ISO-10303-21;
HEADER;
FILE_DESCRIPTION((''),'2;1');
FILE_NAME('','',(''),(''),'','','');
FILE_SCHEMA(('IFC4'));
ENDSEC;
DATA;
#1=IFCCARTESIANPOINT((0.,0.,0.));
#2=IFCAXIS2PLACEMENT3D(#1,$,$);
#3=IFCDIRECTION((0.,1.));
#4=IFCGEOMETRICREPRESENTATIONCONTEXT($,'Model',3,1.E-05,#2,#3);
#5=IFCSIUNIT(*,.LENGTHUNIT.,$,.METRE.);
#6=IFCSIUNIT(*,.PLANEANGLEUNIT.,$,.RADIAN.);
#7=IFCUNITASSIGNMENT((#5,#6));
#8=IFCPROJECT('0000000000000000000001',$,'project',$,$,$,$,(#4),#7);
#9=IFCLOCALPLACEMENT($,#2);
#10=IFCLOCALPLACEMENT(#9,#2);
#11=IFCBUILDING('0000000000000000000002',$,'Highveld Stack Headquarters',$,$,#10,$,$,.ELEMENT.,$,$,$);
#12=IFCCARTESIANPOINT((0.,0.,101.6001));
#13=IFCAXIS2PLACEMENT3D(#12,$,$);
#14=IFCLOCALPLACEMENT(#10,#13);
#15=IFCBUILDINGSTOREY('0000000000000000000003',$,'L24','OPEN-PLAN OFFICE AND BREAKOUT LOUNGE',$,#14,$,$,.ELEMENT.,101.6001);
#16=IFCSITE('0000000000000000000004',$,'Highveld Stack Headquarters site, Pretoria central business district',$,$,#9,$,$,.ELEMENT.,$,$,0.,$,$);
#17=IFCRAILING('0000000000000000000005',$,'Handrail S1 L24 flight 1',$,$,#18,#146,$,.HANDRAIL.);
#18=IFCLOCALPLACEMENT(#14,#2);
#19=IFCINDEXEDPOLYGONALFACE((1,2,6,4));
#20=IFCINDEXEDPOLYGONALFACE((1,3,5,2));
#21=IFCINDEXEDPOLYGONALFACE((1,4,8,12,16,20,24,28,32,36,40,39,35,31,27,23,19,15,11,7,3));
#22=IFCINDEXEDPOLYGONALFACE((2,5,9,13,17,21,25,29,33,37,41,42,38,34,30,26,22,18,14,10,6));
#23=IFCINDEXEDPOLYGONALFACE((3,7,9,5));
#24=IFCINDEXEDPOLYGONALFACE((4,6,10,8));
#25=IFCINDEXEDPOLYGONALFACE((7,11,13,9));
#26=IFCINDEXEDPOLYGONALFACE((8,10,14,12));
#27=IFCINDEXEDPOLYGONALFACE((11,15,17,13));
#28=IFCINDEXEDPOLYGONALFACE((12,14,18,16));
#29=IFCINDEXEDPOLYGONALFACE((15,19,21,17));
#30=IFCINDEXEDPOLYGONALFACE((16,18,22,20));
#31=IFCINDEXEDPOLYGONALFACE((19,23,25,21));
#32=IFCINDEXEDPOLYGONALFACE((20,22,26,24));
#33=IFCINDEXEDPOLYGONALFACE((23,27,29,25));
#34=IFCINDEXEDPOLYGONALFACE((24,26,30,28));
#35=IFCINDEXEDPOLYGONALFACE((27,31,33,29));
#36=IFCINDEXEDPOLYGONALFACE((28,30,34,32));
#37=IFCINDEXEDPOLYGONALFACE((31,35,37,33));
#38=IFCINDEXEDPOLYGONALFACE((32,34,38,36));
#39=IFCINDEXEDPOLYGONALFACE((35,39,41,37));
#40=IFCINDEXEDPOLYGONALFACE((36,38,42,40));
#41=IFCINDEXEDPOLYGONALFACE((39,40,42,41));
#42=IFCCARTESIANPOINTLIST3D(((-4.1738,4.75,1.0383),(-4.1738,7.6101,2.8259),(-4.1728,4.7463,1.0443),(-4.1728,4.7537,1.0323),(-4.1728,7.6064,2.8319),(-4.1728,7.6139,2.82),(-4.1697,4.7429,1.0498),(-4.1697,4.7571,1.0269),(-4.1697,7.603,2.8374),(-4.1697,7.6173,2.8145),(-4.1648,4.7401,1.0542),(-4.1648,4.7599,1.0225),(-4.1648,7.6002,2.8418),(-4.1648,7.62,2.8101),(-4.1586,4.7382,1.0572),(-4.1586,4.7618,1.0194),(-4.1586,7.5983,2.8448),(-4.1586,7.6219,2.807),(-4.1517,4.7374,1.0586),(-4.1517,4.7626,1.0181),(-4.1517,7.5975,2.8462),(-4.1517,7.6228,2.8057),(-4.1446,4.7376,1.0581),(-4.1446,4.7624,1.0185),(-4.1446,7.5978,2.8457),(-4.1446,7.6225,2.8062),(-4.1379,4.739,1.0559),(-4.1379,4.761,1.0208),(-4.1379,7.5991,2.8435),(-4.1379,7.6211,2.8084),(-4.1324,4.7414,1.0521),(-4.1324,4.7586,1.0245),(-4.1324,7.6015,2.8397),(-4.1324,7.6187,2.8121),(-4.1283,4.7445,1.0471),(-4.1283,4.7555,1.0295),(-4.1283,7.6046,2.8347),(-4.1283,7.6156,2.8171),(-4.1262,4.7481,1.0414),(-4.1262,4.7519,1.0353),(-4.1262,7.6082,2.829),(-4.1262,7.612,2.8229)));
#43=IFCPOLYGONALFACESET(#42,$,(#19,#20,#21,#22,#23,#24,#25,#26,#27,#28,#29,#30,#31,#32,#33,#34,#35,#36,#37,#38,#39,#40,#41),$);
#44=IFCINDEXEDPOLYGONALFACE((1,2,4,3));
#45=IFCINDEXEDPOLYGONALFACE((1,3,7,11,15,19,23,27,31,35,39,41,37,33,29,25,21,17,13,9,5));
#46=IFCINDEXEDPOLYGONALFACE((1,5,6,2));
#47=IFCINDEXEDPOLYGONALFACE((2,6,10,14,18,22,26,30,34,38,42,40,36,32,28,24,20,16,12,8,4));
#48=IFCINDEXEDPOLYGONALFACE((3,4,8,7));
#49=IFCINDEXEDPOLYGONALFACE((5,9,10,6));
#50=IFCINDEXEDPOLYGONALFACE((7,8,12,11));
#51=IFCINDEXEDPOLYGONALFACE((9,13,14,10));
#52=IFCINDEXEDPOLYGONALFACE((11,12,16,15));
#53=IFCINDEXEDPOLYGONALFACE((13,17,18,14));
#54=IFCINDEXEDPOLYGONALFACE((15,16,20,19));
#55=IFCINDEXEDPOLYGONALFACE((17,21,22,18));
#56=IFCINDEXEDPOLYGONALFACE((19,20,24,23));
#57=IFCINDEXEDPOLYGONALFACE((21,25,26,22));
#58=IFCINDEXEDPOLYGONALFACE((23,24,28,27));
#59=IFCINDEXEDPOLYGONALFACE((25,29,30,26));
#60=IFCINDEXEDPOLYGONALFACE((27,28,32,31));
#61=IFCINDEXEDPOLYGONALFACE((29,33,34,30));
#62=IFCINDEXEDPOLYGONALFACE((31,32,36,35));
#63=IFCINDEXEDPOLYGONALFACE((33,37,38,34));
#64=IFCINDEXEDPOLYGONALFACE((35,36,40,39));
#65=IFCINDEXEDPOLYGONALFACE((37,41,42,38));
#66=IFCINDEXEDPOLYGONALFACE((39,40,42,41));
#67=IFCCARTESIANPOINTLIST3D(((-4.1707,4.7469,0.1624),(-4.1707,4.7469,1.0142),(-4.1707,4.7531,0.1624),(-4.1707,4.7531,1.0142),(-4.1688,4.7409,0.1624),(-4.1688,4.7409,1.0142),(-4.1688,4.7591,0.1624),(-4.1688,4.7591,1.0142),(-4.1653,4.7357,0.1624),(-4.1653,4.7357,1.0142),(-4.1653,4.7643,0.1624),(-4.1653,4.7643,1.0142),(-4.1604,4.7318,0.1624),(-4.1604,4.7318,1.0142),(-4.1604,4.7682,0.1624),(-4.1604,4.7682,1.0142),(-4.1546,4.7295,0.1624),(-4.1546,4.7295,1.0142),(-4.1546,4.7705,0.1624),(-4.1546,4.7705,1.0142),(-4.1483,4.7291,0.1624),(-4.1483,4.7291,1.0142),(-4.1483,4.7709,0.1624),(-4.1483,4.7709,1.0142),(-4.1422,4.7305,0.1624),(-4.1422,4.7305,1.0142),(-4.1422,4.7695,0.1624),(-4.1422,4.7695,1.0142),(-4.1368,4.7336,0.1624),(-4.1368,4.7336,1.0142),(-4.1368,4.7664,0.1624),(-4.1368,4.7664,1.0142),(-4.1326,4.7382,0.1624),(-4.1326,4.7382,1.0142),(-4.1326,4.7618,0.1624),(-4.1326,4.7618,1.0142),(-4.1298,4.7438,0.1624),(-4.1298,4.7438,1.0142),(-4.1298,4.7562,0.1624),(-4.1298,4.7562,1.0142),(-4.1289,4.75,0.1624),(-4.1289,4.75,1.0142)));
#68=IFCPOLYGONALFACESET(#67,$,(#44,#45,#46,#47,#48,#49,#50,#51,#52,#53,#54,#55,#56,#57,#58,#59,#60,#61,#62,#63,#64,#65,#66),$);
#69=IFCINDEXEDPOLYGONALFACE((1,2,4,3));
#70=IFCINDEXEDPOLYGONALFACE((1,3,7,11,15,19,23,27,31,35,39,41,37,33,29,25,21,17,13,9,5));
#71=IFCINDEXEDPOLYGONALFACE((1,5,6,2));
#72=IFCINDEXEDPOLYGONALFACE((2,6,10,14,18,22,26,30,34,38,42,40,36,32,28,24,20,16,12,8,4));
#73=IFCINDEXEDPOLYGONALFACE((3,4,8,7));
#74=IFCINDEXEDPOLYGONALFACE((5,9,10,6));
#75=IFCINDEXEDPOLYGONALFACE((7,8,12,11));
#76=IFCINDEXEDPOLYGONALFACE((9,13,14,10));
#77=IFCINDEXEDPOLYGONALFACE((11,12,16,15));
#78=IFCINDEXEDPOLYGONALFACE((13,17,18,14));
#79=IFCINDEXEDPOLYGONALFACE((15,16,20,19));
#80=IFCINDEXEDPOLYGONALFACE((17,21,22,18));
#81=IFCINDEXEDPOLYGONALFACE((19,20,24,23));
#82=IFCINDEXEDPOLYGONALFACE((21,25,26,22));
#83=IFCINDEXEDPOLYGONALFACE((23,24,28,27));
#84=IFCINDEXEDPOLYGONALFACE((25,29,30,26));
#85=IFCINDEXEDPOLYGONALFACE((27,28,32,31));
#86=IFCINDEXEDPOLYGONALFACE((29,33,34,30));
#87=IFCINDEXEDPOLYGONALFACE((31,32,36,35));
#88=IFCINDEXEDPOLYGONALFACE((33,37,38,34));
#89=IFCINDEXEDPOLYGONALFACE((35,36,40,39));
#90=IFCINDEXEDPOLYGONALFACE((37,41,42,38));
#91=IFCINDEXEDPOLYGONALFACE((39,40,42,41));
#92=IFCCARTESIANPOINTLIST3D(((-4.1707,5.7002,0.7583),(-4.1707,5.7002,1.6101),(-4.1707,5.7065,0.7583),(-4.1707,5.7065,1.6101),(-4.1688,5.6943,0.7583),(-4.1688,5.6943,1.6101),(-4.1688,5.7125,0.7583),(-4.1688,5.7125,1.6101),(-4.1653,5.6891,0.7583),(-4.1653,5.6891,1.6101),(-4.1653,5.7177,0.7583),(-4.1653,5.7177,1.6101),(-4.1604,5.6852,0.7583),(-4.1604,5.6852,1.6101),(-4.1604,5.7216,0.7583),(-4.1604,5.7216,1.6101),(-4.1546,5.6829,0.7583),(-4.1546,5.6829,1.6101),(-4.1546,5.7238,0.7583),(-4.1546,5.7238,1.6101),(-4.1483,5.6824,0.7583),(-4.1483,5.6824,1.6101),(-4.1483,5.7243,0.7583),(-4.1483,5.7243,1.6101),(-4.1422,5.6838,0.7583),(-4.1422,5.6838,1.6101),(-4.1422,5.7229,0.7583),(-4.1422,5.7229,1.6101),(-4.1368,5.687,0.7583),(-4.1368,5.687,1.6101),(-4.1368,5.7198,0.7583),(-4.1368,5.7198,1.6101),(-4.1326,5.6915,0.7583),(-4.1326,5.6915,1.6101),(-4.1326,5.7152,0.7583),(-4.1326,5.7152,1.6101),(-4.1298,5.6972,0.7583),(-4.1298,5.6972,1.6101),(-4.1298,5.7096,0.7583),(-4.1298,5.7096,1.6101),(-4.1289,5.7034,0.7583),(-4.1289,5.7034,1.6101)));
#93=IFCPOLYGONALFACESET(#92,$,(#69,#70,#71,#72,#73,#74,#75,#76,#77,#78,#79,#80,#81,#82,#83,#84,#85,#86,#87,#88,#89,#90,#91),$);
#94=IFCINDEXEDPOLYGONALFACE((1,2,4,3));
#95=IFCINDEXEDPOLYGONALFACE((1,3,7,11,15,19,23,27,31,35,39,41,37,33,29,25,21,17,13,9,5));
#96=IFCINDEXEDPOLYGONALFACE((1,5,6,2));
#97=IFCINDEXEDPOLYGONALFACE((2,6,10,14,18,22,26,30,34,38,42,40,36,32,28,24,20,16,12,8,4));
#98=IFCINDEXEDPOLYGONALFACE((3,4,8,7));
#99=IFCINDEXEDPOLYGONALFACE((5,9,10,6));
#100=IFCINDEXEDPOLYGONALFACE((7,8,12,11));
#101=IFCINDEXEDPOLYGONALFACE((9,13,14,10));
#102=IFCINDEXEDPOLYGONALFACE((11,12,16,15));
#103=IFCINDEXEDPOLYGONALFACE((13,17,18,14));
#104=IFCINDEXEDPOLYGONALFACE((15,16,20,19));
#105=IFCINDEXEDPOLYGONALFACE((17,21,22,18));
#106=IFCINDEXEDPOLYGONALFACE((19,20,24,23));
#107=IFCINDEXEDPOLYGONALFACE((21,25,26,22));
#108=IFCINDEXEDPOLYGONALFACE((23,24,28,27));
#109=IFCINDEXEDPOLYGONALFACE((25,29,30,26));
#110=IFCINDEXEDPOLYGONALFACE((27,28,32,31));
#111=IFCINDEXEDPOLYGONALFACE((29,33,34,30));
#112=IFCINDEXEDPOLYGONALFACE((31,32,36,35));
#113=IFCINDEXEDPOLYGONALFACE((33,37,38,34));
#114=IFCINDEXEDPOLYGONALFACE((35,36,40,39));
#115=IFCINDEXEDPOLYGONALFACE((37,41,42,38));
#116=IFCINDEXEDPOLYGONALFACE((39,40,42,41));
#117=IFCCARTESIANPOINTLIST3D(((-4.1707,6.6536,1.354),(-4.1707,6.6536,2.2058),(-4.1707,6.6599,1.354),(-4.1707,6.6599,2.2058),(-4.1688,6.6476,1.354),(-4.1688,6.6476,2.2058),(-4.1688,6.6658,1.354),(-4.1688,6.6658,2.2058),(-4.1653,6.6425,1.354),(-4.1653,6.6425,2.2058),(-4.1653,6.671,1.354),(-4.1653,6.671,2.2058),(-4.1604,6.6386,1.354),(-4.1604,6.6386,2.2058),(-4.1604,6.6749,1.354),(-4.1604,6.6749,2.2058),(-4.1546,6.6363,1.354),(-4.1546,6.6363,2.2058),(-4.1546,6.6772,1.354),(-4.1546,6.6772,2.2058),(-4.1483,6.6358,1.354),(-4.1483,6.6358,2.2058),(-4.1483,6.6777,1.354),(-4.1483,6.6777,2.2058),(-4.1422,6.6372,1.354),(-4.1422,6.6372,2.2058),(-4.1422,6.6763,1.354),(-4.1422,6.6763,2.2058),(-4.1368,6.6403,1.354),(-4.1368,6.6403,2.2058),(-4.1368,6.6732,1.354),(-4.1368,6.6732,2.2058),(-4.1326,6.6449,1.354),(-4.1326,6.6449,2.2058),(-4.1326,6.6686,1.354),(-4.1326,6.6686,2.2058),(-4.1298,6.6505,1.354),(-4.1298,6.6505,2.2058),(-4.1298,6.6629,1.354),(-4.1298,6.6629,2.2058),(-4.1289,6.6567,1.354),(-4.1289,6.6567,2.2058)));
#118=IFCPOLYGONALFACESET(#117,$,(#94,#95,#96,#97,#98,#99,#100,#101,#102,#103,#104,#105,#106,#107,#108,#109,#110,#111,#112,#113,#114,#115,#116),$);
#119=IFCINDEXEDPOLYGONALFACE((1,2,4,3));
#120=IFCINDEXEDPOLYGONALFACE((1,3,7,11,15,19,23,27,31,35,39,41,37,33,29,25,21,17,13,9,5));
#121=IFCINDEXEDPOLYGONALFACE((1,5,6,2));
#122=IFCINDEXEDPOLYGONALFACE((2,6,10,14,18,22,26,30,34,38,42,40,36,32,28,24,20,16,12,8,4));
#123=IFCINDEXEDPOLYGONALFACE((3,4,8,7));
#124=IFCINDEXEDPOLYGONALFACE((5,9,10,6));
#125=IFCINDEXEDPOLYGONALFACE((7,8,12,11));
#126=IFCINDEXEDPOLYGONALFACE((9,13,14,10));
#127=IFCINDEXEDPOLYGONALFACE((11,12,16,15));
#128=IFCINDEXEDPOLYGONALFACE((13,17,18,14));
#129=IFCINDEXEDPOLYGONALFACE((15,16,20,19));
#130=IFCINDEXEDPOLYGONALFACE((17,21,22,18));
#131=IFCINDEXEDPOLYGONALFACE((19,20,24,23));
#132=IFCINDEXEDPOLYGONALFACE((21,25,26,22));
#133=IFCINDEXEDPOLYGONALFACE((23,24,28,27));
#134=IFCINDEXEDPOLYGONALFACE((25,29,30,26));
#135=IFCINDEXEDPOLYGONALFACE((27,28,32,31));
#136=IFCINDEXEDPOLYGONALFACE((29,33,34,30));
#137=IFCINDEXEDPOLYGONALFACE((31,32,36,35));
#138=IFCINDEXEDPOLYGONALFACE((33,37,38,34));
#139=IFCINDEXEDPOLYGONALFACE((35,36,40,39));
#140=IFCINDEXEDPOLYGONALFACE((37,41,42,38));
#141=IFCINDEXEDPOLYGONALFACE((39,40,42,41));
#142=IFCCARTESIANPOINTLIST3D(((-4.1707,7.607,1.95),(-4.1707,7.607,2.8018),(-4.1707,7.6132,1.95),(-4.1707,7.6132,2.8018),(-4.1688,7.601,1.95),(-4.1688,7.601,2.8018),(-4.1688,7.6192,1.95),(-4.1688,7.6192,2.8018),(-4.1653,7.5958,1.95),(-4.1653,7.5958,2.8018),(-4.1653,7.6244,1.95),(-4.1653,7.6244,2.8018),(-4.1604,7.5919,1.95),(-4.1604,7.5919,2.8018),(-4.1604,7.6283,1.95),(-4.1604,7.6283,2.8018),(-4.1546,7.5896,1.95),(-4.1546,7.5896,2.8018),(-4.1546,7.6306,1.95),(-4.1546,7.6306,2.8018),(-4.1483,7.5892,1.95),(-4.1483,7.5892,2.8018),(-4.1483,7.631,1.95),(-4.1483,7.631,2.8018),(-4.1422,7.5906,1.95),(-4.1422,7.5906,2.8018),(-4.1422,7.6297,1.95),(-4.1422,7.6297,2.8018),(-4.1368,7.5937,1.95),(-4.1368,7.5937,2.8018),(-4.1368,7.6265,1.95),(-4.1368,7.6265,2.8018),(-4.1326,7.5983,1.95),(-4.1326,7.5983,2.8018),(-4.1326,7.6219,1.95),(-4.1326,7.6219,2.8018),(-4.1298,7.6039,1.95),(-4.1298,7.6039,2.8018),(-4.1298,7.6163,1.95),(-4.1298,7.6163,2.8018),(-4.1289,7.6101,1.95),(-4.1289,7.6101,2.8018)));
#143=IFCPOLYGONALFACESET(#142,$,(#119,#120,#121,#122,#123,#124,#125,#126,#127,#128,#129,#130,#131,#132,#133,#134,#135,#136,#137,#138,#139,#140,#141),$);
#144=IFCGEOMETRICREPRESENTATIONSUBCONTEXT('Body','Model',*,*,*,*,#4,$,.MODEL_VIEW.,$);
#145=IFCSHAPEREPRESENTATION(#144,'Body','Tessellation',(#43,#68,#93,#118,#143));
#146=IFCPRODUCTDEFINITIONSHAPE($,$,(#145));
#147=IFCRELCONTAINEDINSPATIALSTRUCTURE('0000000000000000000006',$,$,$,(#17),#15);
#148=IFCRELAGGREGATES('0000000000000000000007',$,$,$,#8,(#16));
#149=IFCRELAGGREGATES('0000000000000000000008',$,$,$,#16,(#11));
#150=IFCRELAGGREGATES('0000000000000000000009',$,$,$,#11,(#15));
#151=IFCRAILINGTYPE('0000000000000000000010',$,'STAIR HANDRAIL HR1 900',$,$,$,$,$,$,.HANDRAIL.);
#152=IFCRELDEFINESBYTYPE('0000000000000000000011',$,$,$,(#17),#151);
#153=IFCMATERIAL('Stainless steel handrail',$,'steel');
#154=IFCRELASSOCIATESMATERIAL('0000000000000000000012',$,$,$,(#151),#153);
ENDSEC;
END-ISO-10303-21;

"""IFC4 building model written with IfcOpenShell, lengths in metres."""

from ifc_helpers import new_model, si_unit, direction, frame, origin, origin_2d, place, context, subcontext, project, spatial, circle, extrude, material, type_object, element, save


model = new_model("IFC4")

# Units and contexts
model_context = context("Model", 3, precision=1e-05, world=origin(), true_north=direction((0.0, 1.0)))
body_context = subcontext(model_context, "Body", "Model", "MODEL_VIEW")
ifc_project = project(units=[si_unit("LENGTHUNIT", "METRE"), si_unit("PLANEANGLEUNIT", "RADIAN")], contexts=[model_context])

# Site, building, storey
site_placement = place(None, origin())
site = spatial("IfcSite", under=ifc_project, at=site_placement, Name="Highveld Stack Headquarters site, Pretoria central business district", CompositionType="ELEMENT", RefElevation=0.0)
building_placement = place(site_placement, origin())
building = spatial("IfcBuilding", under=site, at=building_placement, Name="Highveld Stack Headquarters", CompositionType="ELEMENT")
storey_placement = place(building_placement, frame((0.0, 0.0, 101.6001)))
storey = spatial("IfcBuildingStorey", under=building, at=storey_placement, Name="L24", Description="OPEN-PLAN OFFICE AND BREAKOUT LOUNGE", CompositionType="ELEMENT", Elevation=101.6001)

# Railing
ifc_material_1 = material(Name="Stainless steel handrail", Category="steel")
railing_type = type_object("IfcRailingType", Name="STAIR HANDRAIL HR1 900", PredefinedType="HANDRAIL", material=ifc_material_1)
for number, where, name in (
    (1, (-4.1499, 4.75, 0.1624), "Handrail S1 L24 flight 1"),
):
    element("IfcRailing", number, at=place(storey_placement, frame(where)), inside=storey, type_object=railing_type, Name=name, PredefinedType="HANDRAIL", context=body_context, shape_type="SweptSolid", body=[
        extrude(circle(Radius=0.0239, at=origin_2d()), frame((0.0, 0.0, 0.876), z_axis=(0.0, 0.847994, 0.530005), x_axis=(-1.0, 0.0, 0.0)), (0.0, 0.0, 1.0), 3.3728),
        extrude(circle(Radius=0.021, at=origin_2d()), origin(), (0.0, 0.0, 1.0), 0.8518),
        extrude(circle(Radius=0.021, at=origin_2d()), frame((0.0, 0.9534, 0.5959)), (0.0, 0.0, 1.0), 0.8518),
        extrude(circle(Radius=0.021, at=origin_2d()), frame((0.0, 1.9067, 1.1917)), (0.0, 0.0, 1.0), 0.8518),
        extrude(circle(Radius=0.021, at=origin_2d()), frame((0.0, 2.8601, 1.7876)), (0.0, 0.0, 1.0), 0.8518),
    ])

save(model, "model.ifc")
